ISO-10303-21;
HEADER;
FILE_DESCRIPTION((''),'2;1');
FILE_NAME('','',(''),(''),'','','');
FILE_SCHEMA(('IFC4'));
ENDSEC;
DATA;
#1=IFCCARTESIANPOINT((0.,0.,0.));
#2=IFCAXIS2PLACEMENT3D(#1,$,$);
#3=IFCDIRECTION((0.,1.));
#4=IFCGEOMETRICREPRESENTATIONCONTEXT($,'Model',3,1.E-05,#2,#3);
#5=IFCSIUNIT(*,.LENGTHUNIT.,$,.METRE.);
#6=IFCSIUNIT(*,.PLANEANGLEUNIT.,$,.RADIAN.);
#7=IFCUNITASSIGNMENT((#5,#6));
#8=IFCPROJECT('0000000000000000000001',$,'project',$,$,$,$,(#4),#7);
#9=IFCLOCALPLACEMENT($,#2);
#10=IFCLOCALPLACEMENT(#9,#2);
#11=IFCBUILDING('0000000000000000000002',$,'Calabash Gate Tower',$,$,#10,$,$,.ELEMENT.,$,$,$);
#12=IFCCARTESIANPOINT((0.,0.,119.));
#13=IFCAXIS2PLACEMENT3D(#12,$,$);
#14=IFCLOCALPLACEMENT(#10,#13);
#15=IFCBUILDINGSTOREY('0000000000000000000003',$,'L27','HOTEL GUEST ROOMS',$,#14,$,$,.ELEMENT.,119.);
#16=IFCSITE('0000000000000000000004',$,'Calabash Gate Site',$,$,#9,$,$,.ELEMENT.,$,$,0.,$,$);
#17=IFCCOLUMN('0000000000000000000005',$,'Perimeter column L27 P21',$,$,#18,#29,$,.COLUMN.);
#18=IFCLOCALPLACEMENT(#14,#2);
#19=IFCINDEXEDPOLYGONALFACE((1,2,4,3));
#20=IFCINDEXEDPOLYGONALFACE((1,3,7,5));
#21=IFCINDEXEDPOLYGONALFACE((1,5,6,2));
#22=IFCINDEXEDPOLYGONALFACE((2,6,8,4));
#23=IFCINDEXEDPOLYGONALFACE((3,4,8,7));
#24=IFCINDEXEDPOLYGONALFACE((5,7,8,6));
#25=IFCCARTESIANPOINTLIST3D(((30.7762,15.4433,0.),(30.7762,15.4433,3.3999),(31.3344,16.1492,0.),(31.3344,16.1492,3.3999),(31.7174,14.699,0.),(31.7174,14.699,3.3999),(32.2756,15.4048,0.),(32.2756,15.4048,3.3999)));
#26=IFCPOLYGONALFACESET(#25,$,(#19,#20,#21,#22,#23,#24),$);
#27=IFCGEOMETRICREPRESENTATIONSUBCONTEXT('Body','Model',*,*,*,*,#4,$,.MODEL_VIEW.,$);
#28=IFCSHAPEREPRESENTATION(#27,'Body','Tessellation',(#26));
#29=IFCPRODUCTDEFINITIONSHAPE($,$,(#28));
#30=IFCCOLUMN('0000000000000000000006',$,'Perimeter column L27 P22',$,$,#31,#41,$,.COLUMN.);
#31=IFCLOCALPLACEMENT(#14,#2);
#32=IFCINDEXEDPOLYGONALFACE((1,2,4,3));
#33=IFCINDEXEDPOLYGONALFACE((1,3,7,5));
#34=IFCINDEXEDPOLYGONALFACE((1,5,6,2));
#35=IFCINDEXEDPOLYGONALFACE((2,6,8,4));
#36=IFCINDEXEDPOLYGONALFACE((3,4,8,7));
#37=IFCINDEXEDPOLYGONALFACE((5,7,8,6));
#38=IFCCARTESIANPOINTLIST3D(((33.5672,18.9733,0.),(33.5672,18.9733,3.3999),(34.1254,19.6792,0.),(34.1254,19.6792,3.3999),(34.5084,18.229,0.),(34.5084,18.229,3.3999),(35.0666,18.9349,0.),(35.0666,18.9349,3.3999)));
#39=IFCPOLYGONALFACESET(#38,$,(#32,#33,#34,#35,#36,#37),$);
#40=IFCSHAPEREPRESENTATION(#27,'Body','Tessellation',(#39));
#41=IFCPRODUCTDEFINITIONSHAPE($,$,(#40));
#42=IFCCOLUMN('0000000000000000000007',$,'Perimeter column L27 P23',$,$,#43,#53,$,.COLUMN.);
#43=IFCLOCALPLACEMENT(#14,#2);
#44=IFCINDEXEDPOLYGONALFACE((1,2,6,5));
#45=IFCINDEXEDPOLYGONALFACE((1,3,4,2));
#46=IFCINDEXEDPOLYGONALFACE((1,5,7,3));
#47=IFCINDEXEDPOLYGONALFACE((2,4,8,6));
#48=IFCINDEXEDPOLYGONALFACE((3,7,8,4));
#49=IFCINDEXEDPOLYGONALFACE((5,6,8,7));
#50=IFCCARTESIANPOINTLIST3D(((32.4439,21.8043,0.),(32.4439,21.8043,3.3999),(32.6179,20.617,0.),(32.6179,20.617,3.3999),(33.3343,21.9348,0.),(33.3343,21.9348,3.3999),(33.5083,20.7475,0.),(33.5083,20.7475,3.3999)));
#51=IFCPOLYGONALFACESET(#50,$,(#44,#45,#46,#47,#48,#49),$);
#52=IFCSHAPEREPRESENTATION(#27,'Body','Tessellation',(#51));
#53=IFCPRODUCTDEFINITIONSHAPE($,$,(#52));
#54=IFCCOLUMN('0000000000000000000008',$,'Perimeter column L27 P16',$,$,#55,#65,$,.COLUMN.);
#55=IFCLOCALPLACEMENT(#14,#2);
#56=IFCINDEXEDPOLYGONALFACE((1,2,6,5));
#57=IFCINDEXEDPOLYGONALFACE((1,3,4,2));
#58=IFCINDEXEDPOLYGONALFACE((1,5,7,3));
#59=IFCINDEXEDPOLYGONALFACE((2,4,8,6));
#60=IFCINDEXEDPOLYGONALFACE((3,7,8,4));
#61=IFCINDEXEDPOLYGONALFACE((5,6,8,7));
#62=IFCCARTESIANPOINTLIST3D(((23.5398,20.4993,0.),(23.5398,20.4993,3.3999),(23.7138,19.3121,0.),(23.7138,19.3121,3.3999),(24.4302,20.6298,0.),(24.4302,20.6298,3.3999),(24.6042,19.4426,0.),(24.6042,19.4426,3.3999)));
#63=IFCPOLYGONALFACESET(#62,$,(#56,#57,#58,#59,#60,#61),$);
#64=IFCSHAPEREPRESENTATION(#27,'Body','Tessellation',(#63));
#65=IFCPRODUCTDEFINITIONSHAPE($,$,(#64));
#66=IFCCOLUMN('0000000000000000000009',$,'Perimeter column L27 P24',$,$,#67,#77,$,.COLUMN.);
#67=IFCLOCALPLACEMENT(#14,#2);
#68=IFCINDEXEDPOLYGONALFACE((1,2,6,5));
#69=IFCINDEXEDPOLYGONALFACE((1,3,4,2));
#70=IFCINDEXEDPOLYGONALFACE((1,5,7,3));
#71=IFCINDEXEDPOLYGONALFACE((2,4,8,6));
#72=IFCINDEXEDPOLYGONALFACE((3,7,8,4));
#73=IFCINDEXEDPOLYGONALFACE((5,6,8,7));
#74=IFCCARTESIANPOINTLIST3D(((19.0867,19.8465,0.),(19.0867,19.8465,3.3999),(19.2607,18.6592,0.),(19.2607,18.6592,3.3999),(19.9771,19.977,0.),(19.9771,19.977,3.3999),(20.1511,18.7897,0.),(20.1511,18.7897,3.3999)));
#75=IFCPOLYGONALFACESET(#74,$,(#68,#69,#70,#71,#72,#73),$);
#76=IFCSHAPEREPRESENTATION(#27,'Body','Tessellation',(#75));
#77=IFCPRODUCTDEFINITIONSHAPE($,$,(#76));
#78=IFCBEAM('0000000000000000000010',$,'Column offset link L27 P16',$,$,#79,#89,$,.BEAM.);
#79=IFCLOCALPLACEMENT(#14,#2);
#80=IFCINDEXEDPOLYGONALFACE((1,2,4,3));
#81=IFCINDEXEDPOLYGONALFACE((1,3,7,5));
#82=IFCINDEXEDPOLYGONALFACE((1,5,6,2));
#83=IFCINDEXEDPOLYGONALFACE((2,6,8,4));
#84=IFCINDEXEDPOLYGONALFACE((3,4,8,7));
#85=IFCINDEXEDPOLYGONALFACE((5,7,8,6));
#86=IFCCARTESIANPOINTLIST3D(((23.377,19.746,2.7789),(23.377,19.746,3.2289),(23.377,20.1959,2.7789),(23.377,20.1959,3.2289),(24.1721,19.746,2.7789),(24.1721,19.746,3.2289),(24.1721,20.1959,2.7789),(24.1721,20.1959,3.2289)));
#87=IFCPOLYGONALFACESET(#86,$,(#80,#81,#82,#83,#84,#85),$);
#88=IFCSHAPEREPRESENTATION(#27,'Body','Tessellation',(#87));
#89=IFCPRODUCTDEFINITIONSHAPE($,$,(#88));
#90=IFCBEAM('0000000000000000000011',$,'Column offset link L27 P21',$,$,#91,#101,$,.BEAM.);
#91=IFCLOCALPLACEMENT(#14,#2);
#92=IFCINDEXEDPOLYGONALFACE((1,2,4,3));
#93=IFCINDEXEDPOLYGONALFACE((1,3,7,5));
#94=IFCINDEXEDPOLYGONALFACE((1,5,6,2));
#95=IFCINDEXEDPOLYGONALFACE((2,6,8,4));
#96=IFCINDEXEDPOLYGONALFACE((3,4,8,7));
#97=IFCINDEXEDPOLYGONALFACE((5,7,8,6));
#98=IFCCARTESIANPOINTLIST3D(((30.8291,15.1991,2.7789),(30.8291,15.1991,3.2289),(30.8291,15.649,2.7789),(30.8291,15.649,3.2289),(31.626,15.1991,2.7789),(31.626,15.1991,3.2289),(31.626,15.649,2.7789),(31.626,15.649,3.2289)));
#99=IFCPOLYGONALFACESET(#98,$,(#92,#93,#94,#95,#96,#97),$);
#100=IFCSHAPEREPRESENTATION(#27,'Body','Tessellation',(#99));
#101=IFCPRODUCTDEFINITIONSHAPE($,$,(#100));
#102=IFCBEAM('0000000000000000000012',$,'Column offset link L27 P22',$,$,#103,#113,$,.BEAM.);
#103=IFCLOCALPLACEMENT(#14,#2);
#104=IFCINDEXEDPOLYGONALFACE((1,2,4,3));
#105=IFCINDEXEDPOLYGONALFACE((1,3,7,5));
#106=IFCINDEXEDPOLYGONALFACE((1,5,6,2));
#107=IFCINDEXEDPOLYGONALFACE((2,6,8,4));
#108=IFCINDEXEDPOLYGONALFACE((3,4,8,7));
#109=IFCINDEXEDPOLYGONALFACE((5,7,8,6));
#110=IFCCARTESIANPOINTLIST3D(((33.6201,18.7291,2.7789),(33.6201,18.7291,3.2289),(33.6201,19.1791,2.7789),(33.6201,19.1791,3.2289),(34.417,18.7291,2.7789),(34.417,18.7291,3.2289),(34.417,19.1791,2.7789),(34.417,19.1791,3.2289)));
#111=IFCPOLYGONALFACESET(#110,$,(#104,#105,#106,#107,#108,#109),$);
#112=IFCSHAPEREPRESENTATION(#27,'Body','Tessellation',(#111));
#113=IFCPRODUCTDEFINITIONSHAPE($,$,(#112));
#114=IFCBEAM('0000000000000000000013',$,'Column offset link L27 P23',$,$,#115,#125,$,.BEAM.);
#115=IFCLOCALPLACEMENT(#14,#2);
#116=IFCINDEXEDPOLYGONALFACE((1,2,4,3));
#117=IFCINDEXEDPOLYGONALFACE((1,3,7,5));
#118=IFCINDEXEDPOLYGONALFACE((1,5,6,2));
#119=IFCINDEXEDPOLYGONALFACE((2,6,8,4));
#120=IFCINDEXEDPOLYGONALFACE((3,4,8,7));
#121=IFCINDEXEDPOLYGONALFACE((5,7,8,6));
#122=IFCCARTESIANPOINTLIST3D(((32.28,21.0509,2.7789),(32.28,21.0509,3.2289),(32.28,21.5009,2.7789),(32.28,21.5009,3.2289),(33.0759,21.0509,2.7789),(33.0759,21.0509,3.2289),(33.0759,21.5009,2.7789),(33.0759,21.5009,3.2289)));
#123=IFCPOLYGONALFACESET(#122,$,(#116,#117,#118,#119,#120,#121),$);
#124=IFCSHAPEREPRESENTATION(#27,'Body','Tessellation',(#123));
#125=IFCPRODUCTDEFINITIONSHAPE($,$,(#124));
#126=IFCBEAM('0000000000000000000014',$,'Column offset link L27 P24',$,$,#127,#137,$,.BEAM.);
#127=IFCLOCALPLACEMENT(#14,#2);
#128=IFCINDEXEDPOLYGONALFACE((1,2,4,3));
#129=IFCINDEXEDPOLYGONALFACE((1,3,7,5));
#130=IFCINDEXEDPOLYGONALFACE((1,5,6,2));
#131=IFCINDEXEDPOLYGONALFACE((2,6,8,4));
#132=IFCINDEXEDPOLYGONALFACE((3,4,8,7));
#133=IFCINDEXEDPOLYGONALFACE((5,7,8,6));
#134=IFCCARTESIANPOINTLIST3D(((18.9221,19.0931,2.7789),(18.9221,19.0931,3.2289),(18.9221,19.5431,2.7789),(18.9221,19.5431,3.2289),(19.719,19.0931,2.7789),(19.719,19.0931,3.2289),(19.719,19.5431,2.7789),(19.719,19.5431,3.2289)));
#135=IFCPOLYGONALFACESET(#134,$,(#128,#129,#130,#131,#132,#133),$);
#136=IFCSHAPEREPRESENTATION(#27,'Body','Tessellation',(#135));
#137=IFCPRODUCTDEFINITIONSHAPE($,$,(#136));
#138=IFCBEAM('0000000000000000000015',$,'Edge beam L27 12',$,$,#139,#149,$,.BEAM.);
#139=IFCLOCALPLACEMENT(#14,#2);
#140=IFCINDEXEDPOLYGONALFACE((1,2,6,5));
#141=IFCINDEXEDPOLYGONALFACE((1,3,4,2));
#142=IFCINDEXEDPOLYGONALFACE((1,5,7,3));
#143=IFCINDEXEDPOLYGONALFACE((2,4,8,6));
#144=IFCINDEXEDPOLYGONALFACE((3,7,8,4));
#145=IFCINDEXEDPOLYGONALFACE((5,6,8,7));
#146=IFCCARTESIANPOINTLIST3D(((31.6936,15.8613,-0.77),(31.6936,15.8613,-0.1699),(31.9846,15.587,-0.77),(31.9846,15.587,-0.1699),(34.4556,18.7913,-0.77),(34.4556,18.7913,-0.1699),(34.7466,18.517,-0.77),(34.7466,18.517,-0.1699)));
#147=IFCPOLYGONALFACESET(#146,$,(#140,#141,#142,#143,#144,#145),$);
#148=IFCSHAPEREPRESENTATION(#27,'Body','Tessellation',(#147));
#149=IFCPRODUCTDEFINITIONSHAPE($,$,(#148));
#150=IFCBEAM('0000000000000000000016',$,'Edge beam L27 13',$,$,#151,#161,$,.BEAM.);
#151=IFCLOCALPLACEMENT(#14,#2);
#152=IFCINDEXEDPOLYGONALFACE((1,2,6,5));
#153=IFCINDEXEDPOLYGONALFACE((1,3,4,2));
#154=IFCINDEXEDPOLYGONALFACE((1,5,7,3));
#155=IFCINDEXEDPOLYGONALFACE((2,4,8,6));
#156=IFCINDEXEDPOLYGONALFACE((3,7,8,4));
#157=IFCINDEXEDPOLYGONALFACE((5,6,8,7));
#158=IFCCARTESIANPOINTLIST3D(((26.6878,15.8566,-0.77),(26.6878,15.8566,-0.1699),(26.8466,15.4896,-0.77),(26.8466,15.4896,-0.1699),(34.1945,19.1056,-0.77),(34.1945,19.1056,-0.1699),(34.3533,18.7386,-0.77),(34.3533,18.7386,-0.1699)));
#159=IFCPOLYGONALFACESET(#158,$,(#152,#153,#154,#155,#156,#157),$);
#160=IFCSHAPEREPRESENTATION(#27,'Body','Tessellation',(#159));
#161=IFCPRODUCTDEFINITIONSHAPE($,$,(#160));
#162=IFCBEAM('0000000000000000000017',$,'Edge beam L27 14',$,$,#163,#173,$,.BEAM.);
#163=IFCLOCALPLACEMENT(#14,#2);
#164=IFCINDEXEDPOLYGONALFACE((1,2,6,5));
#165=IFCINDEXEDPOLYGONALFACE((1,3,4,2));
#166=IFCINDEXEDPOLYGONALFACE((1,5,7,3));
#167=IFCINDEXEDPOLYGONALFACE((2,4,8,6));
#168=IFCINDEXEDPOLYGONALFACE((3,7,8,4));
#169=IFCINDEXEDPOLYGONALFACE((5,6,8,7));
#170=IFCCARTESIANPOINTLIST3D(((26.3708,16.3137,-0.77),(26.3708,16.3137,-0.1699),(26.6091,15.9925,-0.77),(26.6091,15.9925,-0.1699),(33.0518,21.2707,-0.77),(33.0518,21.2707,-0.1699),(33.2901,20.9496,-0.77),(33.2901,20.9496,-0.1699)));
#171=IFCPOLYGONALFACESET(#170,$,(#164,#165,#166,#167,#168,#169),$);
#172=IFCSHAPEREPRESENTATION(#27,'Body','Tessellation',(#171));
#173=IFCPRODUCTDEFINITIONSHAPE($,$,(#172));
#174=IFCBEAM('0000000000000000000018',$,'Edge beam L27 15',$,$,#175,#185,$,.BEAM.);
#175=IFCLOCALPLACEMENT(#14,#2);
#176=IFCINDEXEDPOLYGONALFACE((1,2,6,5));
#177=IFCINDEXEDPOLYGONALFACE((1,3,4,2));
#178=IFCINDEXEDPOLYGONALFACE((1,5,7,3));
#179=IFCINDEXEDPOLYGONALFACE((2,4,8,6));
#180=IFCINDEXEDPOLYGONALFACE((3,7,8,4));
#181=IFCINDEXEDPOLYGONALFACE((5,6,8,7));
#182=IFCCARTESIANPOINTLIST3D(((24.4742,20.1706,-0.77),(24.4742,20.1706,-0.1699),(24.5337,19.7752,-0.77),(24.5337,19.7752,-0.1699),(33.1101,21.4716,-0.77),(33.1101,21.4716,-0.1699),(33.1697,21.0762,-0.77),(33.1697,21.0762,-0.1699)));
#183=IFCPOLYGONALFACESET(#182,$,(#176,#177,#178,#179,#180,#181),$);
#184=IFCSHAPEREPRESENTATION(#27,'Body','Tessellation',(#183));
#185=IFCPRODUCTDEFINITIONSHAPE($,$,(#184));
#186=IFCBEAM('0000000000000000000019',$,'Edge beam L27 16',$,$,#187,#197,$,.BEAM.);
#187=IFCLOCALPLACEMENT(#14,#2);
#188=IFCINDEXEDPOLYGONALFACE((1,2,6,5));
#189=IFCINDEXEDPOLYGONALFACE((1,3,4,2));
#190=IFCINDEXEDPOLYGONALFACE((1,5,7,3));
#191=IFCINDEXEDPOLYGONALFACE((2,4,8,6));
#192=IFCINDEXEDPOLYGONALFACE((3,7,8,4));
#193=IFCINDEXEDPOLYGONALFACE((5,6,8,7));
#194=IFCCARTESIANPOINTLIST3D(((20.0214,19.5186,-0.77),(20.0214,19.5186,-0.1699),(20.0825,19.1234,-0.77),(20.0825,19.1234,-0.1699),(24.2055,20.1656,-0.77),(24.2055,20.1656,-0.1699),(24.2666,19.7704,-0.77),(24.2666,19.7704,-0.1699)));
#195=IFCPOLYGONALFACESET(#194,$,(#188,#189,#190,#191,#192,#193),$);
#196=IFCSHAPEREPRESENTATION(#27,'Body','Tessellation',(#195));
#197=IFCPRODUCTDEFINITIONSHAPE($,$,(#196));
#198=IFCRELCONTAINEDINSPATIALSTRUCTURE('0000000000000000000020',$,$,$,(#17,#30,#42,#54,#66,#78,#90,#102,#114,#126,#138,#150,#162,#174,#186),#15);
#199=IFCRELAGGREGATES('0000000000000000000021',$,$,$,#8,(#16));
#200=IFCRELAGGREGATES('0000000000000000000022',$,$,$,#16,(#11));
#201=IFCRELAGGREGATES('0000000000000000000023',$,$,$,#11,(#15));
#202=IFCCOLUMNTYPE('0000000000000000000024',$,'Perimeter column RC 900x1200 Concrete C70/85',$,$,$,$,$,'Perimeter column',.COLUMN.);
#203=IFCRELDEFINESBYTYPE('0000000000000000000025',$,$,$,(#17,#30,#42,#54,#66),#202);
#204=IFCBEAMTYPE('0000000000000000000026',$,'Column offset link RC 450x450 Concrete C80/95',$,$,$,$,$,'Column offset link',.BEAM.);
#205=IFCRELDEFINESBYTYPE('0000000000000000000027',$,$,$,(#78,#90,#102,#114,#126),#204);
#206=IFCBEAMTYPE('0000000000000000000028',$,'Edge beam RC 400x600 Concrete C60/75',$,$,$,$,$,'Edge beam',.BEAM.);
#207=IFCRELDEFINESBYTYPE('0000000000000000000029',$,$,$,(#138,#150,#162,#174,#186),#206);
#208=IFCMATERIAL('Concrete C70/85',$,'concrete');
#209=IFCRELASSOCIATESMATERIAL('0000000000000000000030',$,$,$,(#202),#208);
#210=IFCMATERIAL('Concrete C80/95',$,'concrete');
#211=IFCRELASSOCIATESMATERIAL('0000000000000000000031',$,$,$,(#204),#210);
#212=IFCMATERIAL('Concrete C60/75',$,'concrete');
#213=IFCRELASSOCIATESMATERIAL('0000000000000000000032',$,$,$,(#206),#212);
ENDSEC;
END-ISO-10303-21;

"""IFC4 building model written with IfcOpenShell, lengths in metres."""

from ifc_helpers import new_model, si_unit, direction, frame, origin, origin_2d, place, context, subcontext, project, spatial, rectangle, extrude, material, material_profile, profile_set, type_object, element, save


model = new_model("IFC4")

# Units and contexts
model_context = context("Model", 3, precision=1e-05, world=origin(), true_north=direction((0.0, 1.0)))
body_context = subcontext(model_context, "Body", "Model", "MODEL_VIEW")
ifc_project = project(units=[si_unit("LENGTHUNIT", "METRE"), si_unit("PLANEANGLEUNIT", "RADIAN")], contexts=[model_context])

# Site, building, storey
site_placement = place(None, origin())
site = spatial("IfcSite", under=ifc_project, at=site_placement, Name="Calabash Gate Site", CompositionType="ELEMENT", RefElevation=0.0)
building_placement = place(site_placement, origin())
building = spatial("IfcBuilding", under=site, at=building_placement, Name="Calabash Gate Tower", CompositionType="ELEMENT")
storey_placement = place(building_placement, frame((0.0, 0.0, 119.0)))
storey = spatial("IfcBuildingStorey", under=building, at=storey_placement, Name="L27", Description="HOTEL GUEST ROOMS", CompositionType="ELEMENT", Elevation=119.0)

# Columns
ifc_material_1 = material(Name="Concrete C70/85", Category="concrete")
ifc_material_profile_1 = material_profile(ifc_material_1, rectangle(XDim=0.8999, YDim=1.2, at=origin_2d()))
ifc_profile_set_1 = profile_set([ifc_material_profile_1], Name="Concrete C70/85")
column_type = type_object("IfcColumnType", Name="Perimeter column RC 900x1200 Concrete C70/85", ElementType="Perimeter column", PredefinedType="COLUMN", material=ifc_profile_set_1)
for number, where, z_axis, x_axis, name in (
    (1, (31.5259, 15.4241, 0.0), (0.0, 0.0, 1.0), (0.620301, 0.784364, 0.0), "Perimeter column L27 P21"),
    (2, (34.3169, 18.9541, 0.0), (0.0, 0.0, 1.0), (0.620301, 0.784364, 0.0), "Perimeter column L27 P22"),
    (3, (32.9761, 21.2759, 0.0), (0.0, 0.0, 1.0), (-0.98943, -0.145015, 0.0), "Perimeter column L27 P23"),
    (4, (24.072, 19.9709, 0.0), (0.0, 0.0, 1.0), (-0.98943, -0.145015, 0.0), "Perimeter column L27 P16"),
    (5, (19.6189, 19.3181, 0.0), (0.0, 0.0, 1.0), (-0.98943, -0.145015, 0.0), "Perimeter column L27 P24"),
):
    element("IfcColumn", number, at=place(storey_placement, frame(where, z_axis=z_axis, x_axis=x_axis)), inside=storey, type_object=column_type, Name=name, PredefinedType="COLUMN", context=body_context, shape_type="SweptSolid", body=[
        extrude(rectangle(XDim=0.8999, YDim=1.2, at=origin_2d()), origin(), (0.0, 0.0, 1.0), 3.3999),
    ])

# Beams
ifc_material_2 = material(Name="Concrete C80/95", Category="concrete")
ifc_material_profile_2 = material_profile(ifc_material_2, rectangle(XDim=0.45, YDim=0.45, at=origin_2d()))
ifc_profile_set_2 = profile_set([ifc_material_profile_2], Name="Concrete C80/95")
beam_type_1 = type_object("IfcBeamType", Name="Column offset link RC 450x450 Concrete C80/95", ElementType="Column offset link", PredefinedType="BEAM", material=ifc_profile_set_2)
beam_1_placement = place(storey_placement, frame((24.1721, 19.9709, 3.0039), z_axis=(-1.0, 0.0, 0.0), x_axis=(0.0, -1.0, 0.0)))
element("IfcBeam", 6, at=beam_1_placement, inside=storey, type_object=beam_type_1, Name="Column offset link L27 P16", PredefinedType="BEAM", context=body_context, shape_type="SweptSolid", body=[
    extrude(rectangle(XDim=0.45, YDim=0.45, at=origin_2d()), origin(), (0.0, 0.0, 1.0), 0.7952),
])
for number, where, z_axis, x_axis, name in (
    (7, (31.626, 15.4241, 3.0039), (-1.0, 0.0, 0.0), (0.0, -1.0, 0.0), "Column offset link L27 P21"),
    (8, (34.417, 18.9541, 3.0039), (-1.0, 0.0, 0.0), (0.0, -1.0, 0.0), "Column offset link L27 P22"),
):
    element("IfcBeam", number, at=place(storey_placement, frame(where, z_axis=z_axis, x_axis=x_axis)), inside=storey, type_object=beam_type_1, Name=name, PredefinedType="BEAM", context=body_context, shape_type="SweptSolid", body=[
        extrude(rectangle(XDim=0.45, YDim=0.45, at=origin_2d()), origin(), (0.0, 0.0, 1.0), 0.7969),
    ])
beam_2_placement = place(storey_placement, frame((33.0759, 21.2759, 3.0039), z_axis=(-1.0, 0.0, 0.0), x_axis=(0.0, -1.0, 0.0)))
element("IfcBeam", 9, at=beam_2_placement, inside=storey, type_object=beam_type_1, Name="Column offset link L27 P23", PredefinedType="BEAM", context=body_context, shape_type="SweptSolid", body=[
    extrude(rectangle(XDim=0.45, YDim=0.45, at=origin_2d()), origin(), (0.0, 0.0, 1.0), 0.7959),
])
beam_3_placement = place(storey_placement, frame((19.719, 19.3181, 3.0039), z_axis=(-1.0, 0.0, 0.0), x_axis=(0.0, -1.0, 0.0)))
element("IfcBeam", 10, at=beam_3_placement, inside=storey, type_object=beam_type_1, Name="Column offset link L27 P24", PredefinedType="BEAM", context=body_context, shape_type="SweptSolid", body=[
    extrude(rectangle(XDim=0.45, YDim=0.45, at=origin_2d()), origin(), (0.0, 0.0, 1.0), 0.7969),
])
ifc_material_3 = material(Name="Concrete C60/75", Category="concrete")
ifc_material_profile_3 = material_profile(ifc_material_3, rectangle(XDim=0.3999, YDim=0.6001, at=origin_2d()))
ifc_profile_set_3 = profile_set([ifc_material_profile_3], Name="Concrete C60/75")
beam_type_2 = type_object("IfcBeamType", Name="Edge beam RC 400x600 Concrete C60/75", ElementType="Edge beam", PredefinedType="BEAM", material=ifc_profile_set_3)
beam_4_placement = place(storey_placement, frame((31.8391, 15.7241, -0.47), z_axis=(0.685941, 0.727657, 0.0), x_axis=(-0.727657, 0.685941, 0.0)))
element("IfcBeam", 11, at=beam_4_placement, inside=storey, type_object=beam_type_2, Name="Edge beam L27 12", PredefinedType="BEAM", context=body_context, shape_type="SweptSolid", body=[
    extrude(rectangle(XDim=0.3999, YDim=0.6001, at=origin_2d()), origin(), (0.0, 0.0, 1.0), 4.0266),
])
beam_5_placement = place(storey_placement, frame((34.2739, 18.9221, -0.47), z_axis=(-0.917731, -0.397202, 0.0), x_axis=(0.397202, -0.917731, 0.0)))
element("IfcBeam", 12, at=beam_5_placement, inside=storey, type_object=beam_type_2, Name="Edge beam L27 13", PredefinedType="BEAM", context=body_context, shape_type="SweptSolid", body=[
    extrude(rectangle(XDim=0.3999, YDim=0.6001, at=origin_2d()), origin(), (0.0, 0.0, 1.0), 8.1797),
])
beam_6_placement = place(storey_placement, frame((26.49, 16.1531, -0.47), z_axis=(0.803085, 0.595865, 0.0), x_axis=(-0.595865, 0.803085, 0.0)))
element("IfcBeam", 13, at=beam_6_placement, inside=storey, type_object=beam_type_2, Name="Edge beam L27 14", PredefinedType="BEAM", context=body_context, shape_type="SweptSolid", body=[
    extrude(rectangle(XDim=0.3999, YDim=0.6001, at=origin_2d()), origin(), (0.0, 0.0, 1.0), 8.3191),
])
beam_7_placement = place(storey_placement, frame((33.1399, 21.2739, -0.47), z_axis=(-0.988842, -0.148971, 0.0), x_axis=(0.148971, -0.988842, 0.0)))
element("IfcBeam", 14, at=beam_7_placement, inside=storey, type_object=beam_type_2, Name="Edge beam L27 15", PredefinedType="BEAM", context=body_context, shape_type="SweptSolid", body=[
    extrude(rectangle(XDim=0.3999, YDim=0.6001, at=origin_2d()), origin(), (0.0, 0.0, 1.0), 8.7334),
])
beam_8_placement = place(storey_placement, frame((24.2361, 19.968, -0.47), z_axis=(-0.988255, -0.152811, 0.0), x_axis=(0.152811, -0.988255, 0.0)))
element("IfcBeam", 15, at=beam_8_placement, inside=storey, type_object=beam_type_2, Name="Edge beam L27 16", PredefinedType="BEAM", context=body_context, shape_type="SweptSolid", body=[
    extrude(rectangle(XDim=0.3999, YDim=0.6001, at=origin_2d()), origin(), (0.0, 0.0, 1.0), 4.2339),
])

save(model, "model.ifc")
